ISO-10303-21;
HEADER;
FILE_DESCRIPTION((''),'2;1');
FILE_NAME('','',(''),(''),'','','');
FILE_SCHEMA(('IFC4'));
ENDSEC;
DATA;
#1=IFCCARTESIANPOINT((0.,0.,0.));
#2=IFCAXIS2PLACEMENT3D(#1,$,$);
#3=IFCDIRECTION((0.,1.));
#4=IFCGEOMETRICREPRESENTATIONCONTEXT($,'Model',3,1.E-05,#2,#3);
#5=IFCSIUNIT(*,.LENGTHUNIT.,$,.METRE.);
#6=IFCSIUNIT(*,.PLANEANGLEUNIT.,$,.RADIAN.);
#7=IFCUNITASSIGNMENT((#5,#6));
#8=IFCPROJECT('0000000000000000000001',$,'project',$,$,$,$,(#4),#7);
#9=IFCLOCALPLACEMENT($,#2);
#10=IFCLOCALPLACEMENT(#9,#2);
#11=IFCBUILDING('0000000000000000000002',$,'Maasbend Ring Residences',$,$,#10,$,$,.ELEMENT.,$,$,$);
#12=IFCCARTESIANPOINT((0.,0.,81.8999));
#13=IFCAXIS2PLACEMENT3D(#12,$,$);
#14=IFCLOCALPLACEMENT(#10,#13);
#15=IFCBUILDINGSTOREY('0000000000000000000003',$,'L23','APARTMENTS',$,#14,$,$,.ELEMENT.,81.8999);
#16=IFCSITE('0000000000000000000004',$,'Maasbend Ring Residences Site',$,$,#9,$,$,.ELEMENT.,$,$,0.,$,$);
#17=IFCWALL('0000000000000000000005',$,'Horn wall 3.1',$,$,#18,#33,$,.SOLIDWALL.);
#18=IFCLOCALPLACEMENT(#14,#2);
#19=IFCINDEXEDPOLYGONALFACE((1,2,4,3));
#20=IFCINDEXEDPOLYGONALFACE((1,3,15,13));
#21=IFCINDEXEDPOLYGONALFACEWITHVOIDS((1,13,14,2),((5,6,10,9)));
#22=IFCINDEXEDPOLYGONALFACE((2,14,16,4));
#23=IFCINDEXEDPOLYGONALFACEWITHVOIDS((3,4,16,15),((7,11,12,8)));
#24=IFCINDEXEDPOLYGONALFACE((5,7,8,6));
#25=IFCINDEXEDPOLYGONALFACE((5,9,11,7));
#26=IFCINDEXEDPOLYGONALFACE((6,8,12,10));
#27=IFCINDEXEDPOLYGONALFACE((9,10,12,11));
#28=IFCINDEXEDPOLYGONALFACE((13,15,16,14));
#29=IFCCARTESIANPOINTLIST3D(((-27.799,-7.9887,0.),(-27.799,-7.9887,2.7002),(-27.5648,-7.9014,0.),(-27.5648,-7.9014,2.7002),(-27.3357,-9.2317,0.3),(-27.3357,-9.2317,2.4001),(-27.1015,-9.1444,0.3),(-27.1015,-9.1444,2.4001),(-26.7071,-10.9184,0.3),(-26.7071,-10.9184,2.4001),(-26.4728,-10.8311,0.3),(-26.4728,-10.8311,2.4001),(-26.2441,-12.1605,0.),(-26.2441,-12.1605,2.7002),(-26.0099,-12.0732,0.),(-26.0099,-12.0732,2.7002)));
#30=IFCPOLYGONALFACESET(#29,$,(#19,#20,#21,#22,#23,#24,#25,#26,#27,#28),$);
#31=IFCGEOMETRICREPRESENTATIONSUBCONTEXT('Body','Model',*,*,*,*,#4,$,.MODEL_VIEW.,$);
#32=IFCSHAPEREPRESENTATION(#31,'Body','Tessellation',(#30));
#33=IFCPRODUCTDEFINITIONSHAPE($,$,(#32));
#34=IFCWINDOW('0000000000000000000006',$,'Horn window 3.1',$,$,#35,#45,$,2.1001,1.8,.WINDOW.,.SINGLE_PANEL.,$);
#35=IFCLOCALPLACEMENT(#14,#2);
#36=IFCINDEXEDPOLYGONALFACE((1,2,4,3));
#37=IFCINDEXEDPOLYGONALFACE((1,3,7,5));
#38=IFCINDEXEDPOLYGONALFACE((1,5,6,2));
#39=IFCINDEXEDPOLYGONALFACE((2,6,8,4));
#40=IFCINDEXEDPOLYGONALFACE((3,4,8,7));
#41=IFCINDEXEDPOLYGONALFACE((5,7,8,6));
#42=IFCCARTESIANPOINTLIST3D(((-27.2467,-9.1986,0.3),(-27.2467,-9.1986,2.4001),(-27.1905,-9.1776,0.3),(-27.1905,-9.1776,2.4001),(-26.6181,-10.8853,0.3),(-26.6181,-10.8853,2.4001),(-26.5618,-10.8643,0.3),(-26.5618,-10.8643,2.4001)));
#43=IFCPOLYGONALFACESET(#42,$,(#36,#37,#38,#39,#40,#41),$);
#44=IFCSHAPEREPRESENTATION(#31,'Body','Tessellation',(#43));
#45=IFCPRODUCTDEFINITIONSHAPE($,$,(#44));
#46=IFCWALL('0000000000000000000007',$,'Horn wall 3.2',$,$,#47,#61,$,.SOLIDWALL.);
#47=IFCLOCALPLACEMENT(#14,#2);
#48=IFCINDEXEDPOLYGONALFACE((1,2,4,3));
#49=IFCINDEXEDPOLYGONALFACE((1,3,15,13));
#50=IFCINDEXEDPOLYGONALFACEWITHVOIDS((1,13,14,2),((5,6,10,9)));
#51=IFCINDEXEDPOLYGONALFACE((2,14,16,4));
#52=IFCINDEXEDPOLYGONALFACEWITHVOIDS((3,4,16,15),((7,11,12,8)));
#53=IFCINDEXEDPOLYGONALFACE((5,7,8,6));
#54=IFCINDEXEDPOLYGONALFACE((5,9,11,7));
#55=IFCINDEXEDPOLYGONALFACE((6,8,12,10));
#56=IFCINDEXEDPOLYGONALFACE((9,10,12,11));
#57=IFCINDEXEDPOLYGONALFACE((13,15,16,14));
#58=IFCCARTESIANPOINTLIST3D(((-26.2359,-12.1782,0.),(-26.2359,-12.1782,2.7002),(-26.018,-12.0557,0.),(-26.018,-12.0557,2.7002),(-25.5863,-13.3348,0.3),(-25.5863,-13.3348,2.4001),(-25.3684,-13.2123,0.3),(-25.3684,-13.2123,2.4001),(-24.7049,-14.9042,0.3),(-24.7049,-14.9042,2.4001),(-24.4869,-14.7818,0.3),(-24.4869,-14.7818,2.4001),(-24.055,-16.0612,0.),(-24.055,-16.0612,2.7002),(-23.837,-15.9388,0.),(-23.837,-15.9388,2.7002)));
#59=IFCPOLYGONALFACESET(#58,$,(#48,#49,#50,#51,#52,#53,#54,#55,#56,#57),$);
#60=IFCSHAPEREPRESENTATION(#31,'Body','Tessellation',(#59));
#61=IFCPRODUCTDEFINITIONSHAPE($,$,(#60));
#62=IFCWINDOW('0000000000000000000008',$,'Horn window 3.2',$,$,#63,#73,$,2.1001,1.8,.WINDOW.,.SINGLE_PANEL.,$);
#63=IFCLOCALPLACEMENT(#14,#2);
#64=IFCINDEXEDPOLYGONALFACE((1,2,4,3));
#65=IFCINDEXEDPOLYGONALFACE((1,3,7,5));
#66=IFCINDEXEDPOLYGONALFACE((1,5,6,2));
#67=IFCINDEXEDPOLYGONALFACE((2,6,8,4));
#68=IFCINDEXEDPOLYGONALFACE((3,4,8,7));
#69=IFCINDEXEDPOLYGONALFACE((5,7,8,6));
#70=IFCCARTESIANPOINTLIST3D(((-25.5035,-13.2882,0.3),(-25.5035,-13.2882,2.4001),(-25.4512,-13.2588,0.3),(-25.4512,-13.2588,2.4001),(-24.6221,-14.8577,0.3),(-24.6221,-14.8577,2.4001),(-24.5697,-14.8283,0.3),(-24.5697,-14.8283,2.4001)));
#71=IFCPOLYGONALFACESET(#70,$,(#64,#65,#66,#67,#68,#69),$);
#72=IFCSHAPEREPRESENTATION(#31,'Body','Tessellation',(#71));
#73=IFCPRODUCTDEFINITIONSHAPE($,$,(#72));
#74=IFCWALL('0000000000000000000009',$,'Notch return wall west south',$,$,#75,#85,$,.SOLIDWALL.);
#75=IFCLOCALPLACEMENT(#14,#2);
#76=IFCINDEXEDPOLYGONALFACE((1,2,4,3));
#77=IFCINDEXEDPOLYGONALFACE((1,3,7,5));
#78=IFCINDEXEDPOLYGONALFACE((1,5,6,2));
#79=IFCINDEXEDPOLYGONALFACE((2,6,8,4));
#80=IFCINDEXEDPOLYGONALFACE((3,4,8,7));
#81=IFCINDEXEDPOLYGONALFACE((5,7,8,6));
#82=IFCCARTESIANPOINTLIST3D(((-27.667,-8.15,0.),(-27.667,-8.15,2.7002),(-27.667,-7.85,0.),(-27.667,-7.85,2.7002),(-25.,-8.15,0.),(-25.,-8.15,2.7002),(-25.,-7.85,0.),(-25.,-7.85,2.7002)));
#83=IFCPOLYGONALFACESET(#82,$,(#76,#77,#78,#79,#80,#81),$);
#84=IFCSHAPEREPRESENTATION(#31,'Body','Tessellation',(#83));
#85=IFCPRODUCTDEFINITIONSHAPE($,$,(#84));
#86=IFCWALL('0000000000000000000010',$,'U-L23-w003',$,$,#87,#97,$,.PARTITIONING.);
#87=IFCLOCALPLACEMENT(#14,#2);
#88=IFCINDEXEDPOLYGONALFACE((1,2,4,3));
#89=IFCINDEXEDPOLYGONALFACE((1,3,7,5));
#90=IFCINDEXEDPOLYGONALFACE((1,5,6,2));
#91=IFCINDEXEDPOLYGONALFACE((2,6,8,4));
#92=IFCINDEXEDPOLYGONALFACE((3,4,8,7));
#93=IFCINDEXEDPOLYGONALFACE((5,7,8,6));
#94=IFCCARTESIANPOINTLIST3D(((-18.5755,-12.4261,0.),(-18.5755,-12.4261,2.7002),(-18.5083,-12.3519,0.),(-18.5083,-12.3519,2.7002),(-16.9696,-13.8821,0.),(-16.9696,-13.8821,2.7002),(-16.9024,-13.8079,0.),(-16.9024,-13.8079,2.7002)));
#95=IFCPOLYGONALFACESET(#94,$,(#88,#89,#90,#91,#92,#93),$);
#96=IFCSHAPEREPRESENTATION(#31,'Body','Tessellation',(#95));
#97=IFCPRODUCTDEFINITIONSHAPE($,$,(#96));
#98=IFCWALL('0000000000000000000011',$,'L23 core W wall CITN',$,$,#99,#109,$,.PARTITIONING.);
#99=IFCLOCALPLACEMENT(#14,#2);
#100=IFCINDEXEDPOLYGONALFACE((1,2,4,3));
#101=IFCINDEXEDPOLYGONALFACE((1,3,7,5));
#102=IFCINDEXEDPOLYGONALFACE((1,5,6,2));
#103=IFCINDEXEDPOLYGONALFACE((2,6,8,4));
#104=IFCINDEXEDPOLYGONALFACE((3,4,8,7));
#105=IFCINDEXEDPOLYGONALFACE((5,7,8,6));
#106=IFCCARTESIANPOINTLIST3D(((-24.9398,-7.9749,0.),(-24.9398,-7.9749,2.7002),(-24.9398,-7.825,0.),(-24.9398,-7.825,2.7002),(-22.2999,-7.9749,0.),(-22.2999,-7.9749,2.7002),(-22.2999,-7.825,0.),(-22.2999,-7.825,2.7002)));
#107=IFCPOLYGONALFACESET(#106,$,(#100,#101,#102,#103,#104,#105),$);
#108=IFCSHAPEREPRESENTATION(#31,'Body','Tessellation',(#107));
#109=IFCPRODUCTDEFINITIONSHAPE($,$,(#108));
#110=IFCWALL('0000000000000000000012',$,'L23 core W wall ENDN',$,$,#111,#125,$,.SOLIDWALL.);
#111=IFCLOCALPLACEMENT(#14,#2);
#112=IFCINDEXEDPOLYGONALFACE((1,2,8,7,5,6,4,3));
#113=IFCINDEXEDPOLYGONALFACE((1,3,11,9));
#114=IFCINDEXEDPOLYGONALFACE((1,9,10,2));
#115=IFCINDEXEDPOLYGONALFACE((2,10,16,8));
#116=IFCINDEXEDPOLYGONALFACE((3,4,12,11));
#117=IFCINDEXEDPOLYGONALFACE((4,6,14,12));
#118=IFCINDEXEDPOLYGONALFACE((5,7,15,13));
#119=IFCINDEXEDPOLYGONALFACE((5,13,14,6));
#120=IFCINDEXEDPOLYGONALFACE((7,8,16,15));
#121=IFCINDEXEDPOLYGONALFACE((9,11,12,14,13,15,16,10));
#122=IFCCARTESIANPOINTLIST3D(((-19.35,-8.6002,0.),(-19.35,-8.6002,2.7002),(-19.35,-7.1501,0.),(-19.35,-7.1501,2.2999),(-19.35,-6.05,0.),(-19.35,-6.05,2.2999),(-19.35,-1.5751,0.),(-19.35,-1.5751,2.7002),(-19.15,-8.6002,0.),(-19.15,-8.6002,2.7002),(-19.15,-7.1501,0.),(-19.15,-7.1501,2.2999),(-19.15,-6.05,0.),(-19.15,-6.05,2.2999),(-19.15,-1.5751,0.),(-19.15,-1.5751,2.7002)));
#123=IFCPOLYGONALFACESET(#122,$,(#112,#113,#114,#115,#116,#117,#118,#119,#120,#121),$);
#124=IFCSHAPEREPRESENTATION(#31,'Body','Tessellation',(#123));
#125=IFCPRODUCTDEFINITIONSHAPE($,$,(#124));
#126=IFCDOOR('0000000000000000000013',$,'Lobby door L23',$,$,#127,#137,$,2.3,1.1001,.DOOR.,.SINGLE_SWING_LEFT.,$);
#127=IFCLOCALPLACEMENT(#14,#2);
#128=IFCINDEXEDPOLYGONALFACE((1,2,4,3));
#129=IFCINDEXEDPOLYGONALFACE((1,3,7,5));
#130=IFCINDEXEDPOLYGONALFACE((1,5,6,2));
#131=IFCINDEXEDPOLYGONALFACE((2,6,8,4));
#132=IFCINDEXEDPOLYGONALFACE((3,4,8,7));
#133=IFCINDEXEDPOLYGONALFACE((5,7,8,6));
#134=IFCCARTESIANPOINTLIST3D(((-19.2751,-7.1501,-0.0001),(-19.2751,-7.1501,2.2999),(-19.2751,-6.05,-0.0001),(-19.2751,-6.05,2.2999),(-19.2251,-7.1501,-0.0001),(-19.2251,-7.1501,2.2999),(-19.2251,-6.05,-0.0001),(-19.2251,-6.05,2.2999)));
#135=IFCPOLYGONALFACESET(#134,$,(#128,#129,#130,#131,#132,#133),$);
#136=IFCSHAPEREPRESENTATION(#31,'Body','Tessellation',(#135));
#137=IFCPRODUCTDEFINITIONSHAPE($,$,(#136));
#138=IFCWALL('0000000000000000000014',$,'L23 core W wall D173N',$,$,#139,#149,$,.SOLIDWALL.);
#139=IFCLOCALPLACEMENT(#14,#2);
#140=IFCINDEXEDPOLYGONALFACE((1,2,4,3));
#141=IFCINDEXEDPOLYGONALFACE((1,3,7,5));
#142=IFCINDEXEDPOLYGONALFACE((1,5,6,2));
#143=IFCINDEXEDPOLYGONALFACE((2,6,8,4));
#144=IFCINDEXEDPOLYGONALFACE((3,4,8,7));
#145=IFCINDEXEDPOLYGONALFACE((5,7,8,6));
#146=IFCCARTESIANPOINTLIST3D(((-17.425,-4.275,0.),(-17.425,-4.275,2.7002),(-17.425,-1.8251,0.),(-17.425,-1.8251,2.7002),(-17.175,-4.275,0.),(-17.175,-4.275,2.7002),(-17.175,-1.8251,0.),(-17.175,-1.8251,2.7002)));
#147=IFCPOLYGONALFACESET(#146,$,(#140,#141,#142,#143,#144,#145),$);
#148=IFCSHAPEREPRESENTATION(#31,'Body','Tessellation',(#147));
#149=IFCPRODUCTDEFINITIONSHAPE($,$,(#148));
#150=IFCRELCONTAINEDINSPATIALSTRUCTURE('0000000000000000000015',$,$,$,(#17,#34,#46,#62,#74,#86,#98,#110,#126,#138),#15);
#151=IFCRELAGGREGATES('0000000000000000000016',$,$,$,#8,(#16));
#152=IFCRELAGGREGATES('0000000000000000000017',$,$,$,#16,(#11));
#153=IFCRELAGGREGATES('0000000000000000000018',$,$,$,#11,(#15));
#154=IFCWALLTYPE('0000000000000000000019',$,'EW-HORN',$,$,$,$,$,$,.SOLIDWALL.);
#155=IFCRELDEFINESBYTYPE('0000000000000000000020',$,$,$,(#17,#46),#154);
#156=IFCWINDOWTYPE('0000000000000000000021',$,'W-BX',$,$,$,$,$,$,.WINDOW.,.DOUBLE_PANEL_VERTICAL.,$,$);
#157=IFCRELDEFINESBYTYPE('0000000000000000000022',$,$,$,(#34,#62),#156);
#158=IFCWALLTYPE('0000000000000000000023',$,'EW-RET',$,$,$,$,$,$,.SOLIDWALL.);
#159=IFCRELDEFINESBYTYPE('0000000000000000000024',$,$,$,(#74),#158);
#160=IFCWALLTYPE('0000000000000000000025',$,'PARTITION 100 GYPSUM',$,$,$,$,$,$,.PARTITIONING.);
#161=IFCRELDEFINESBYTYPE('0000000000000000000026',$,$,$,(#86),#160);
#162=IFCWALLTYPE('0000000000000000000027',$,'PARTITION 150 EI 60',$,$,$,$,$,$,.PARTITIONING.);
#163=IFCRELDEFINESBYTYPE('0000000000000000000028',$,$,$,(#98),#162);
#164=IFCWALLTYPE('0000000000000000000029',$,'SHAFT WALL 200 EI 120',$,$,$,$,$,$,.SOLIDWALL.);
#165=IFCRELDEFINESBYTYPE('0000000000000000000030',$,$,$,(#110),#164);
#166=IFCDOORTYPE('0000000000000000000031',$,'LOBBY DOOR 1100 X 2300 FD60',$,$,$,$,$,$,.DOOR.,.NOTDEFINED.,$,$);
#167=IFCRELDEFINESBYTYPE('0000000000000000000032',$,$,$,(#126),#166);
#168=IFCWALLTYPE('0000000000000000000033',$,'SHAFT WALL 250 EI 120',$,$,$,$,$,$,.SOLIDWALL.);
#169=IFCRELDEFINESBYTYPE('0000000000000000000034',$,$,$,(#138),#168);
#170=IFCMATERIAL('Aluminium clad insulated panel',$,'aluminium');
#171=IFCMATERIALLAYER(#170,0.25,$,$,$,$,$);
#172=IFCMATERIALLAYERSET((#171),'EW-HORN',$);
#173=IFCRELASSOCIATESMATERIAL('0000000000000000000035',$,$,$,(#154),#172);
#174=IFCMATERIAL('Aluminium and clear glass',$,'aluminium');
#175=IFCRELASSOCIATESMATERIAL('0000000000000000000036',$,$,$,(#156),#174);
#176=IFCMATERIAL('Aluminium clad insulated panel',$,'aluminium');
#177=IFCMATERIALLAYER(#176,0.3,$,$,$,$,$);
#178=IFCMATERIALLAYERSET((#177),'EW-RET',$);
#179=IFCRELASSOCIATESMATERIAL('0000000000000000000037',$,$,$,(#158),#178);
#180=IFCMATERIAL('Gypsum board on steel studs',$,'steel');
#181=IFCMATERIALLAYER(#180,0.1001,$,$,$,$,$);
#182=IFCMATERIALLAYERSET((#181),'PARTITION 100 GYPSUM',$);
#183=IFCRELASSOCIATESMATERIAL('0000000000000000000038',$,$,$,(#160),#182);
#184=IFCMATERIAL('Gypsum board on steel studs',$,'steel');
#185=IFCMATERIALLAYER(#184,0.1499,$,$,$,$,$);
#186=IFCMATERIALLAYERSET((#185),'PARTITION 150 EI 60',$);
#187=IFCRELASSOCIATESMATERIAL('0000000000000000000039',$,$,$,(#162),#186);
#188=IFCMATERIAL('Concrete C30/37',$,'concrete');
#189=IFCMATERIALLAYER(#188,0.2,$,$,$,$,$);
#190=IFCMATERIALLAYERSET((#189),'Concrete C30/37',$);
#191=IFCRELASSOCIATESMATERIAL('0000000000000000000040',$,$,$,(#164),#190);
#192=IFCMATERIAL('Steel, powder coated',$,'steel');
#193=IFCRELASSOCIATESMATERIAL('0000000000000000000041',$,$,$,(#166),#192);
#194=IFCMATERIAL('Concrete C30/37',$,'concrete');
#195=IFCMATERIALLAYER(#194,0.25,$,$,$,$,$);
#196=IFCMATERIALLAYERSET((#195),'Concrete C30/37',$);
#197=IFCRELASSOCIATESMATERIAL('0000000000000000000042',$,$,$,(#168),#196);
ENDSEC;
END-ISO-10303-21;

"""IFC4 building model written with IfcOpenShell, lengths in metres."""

from ifc_helpers import new_model, si_unit, direction, frame, frame_2d, origin, place, context, subcontext, project, spatial, rectangle, extrude, material, layer, layer_set, type_object, element, fill, save


model = new_model("IFC4")

# Units and contexts
model_context = context("Model", 3, precision=1e-05, world=origin(), true_north=direction((0.0, 1.0)))
body_context = subcontext(model_context, "Body", "Model", "MODEL_VIEW")
ifc_project = project(units=[si_unit("LENGTHUNIT", "METRE"), si_unit("PLANEANGLEUNIT", "RADIAN")], contexts=[model_context])

# Site, building, storey
site_placement = place(None, origin())
site = spatial("IfcSite", under=ifc_project, at=site_placement, Name="Maasbend Ring Residences Site", CompositionType="ELEMENT", RefElevation=0.0)
building_placement = place(site_placement, origin())
building = spatial("IfcBuilding", under=site, at=building_placement, Name="Maasbend Ring Residences", CompositionType="ELEMENT")
storey_placement = place(building_placement, frame((0.0, 0.0, 81.8999)))
storey = spatial("IfcBuildingStorey", under=building, at=storey_placement, Name="L23", Description="APARTMENTS", CompositionType="ELEMENT", Elevation=81.8999)

# Walls, openings, windows
ifc_material_1 = material(Name="Aluminium clad insulated panel", Category="aluminium")
ifc_layer_1 = layer(ifc_material_1, 0.25)
ifc_layer_set_1 = layer_set([ifc_layer_1], Name="EW-HORN")
wall_type_1 = type_object("IfcWallType", Name="EW-HORN", PredefinedType="SOLIDWALL", material=ifc_layer_set_1)
wall_1_placement = place(storey_placement, frame((-27.6819, -7.9451, 0.0), z_axis=(0.0, 0.0, 1.0), x_axis=(0.349248, -0.93703, 0.0)))
wall_1 = element("IfcWall", 1, at=wall_1_placement, inside=storey, type_object=wall_type_1, Name="Horn wall 3.1", PredefinedType="SOLIDWALL", context=body_context, shape_type="SweptSolid", body=[
    extrude(rectangle(XDim=4.4521, YDim=0.25, at=frame_2d((2.2261, 0.0))), origin(), (0.0, 0.0, 1.0), 2.7002),
])
opening_1_placement = place(wall_1_placement, frame((1.3267, 0.0, 0.3)))
opening_1 = element("IfcOpeningElement", 2, at=opening_1_placement, cuts=wall_1, PredefinedType="OPENING", context=body_context, shape_type="SweptSolid", body=[
    extrude(rectangle(XDim=1.8, YDim=2.1001, at=frame_2d((0.8999, 1.05))), frame((0.0, 0.135, 0.0), z_axis=(0.0, -1.0, 0.0), x_axis=(1.0, 0.0, 0.0)), (0.0, 0.0, 1.0), 0.27),
])
ifc_material_2 = material(Name="Aluminium and clear glass", Category="aluminium")
window_type = type_object("IfcWindowType", Name="W-BX", PartitioningType="DOUBLE_PANEL_VERTICAL", PredefinedType="WINDOW", material=ifc_material_2)
window_1_placement = place(opening_1_placement, origin())
window_1 = element("IfcWindow", 3, at=window_1_placement, inside=storey, type_object=window_type, Name="Horn window 3.1", OverallHeight=2.1001, OverallWidth=1.8, PartitioningType="SINGLE_PANEL", PredefinedType="WINDOW", context=body_context, shape_type="SweptSolid", body=[
    extrude(rectangle(XDim=1.8, YDim=2.1001, at=frame_2d((0.8999, 1.05))), frame((0.0, 0.03, 0.0), z_axis=(0.0, -1.0, 0.0), x_axis=(1.0, 0.0, 0.0)), (0.0, 0.0, 1.0), 0.0601),
])
fill(opening_1, window_1)
wall_2_placement = place(storey_placement, frame((-26.127, -12.1169, 0.0), z_axis=(0.0, 0.0, 1.0), x_axis=(0.489696, -0.871893, 0.0)))
wall_2 = element("IfcWall", 4, at=wall_2_placement, inside=storey, type_object=wall_type_1, Name="Horn wall 3.2", PredefinedType="SOLIDWALL", context=body_context, shape_type="SweptSolid", body=[
    extrude(rectangle(XDim=4.4536, YDim=0.25, at=frame_2d((2.2268, 0.0))), origin(), (0.0, 0.0, 1.0), 2.7002),
])
opening_2_placement = place(wall_2_placement, frame((1.3267, 0.0, 0.3)))
opening_2 = element("IfcOpeningElement", 5, at=opening_2_placement, cuts=wall_2, PredefinedType="OPENING", context=body_context, shape_type="SweptSolid", body=[
    extrude(rectangle(XDim=1.8, YDim=2.1001, at=frame_2d((0.8999, 1.05))), frame((0.0, 0.135, 0.0), z_axis=(0.0, -1.0, 0.0), x_axis=(1.0, 0.0, 0.0)), (0.0, 0.0, 1.0), 0.27),
])
window_2_placement = place(opening_2_placement, origin())
window_2 = element("IfcWindow", 6, at=window_2_placement, inside=storey, type_object=window_type, Name="Horn window 3.2", OverallHeight=2.1001, OverallWidth=1.8, PartitioningType="SINGLE_PANEL", PredefinedType="WINDOW", context=body_context, shape_type="SweptSolid", body=[
    extrude(rectangle(XDim=1.8, YDim=2.1001, at=frame_2d((0.8999, 1.05))), frame((0.0, 0.03, 0.0), z_axis=(0.0, -1.0, 0.0), x_axis=(1.0, 0.0, 0.0)), (0.0, 0.0, 1.0), 0.0601),
])
fill(opening_2, window_2)

# Walls
ifc_material_3 = material(Name="Aluminium clad insulated panel", Category="aluminium")
ifc_layer_2 = layer(ifc_material_3, 0.3)
ifc_layer_set_2 = layer_set([ifc_layer_2], Name="EW-RET")
wall_type_2 = type_object("IfcWallType", Name="EW-RET", PredefinedType="SOLIDWALL", material=ifc_layer_set_2)
wall_3_placement = place(storey_placement, frame((-25.0, -8.0, 0.0), z_axis=(0.0, 0.0, 1.0), x_axis=(-1.0, 0.0, 0.0)))
element("IfcWall", 7, at=wall_3_placement, inside=storey, type_object=wall_type_2, Name="Notch return wall west south", PredefinedType="SOLIDWALL", context=body_context, shape_type="SweptSolid", body=[
    extrude(rectangle(XDim=2.667, YDim=0.3, at=frame_2d((1.3335, 0.0))), origin(), (0.0, 0.0, 1.0), 2.7002),
])
ifc_material_4 = material(Name="Gypsum board on steel studs", Category="steel")
ifc_layer_3 = layer(ifc_material_4, 0.1001)
ifc_layer_set_3 = layer_set([ifc_layer_3], Name="PARTITION 100 GYPSUM")
wall_type_3 = type_object("IfcWallType", Name="PARTITION 100 GYPSUM", PredefinedType="PARTITIONING", material=ifc_layer_set_3)
wall_4_placement = place(storey_placement, frame((-18.542, -12.3889, 0.0), z_axis=(0.0, 0.0, 1.0), x_axis=(0.740836, -0.671686, 0.0)))
element("IfcWall", 8, at=wall_4_placement, inside=storey, type_object=wall_type_3, Name="U-L23-w003", PredefinedType="PARTITIONING", context=body_context, shape_type="SweptSolid", body=[
    extrude(rectangle(XDim=2.1677, YDim=0.1001, at=frame_2d((1.084, 0.0))), origin(), (0.0, 0.0, 1.0), 2.7002),
])
ifc_material_5 = material(Name="Gypsum board on steel studs", Category="steel")
ifc_layer_4 = layer(ifc_material_5, 0.1499)
ifc_layer_set_4 = layer_set([ifc_layer_4], Name="PARTITION 150 EI 60")
wall_type_4 = type_object("IfcWallType", Name="PARTITION 150 EI 60", PredefinedType="PARTITIONING", material=ifc_layer_set_4)
wall_5_placement = place(storey_placement, frame((-22.3, -7.8999, 0.0), z_axis=(0.0, 0.0, 1.0), x_axis=(-1.0, 0.0, 0.0)))
element("IfcWall", 9, at=wall_5_placement, inside=storey, type_object=wall_type_4, Name="L23 core W wall CITN", PredefinedType="PARTITIONING", context=body_context, shape_type="SweptSolid", body=[
    extrude(rectangle(XDim=2.6399, YDim=0.1499, at=frame_2d((1.3198, 0.0))), origin(), (0.0, 0.0, 1.0), 2.7002),
])

# Wall, opening, door
ifc_material_6 = material(Name="Concrete C30/37", Category="concrete")
ifc_layer_5 = layer(ifc_material_6, 0.2)
ifc_layer_set_5 = layer_set([ifc_layer_5], Name="Concrete C30/37")
wall_type_5 = type_object("IfcWallType", Name="SHAFT WALL 200 EI 120", PredefinedType="SOLIDWALL", material=ifc_layer_set_5)
wall_6_placement = place(storey_placement, frame((-19.25, -1.575, 0.0), z_axis=(0.0, 0.0, 1.0), x_axis=(0.0, -1.0, 0.0)))
wall_6 = element("IfcWall", 10, at=wall_6_placement, inside=storey, type_object=wall_type_5, Name="L23 core W wall ENDN", PredefinedType="SOLIDWALL", context=body_context, shape_type="SweptSolid", body=[
    extrude(rectangle(XDim=7.0251, YDim=0.2, at=frame_2d((3.5127, 0.0))), origin(), (0.0, 0.0, 1.0), 2.7002),
])
opening_3_placement = place(wall_6_placement, frame((4.4751, 0.0, 0.0)))
opening_3 = element("IfcOpeningElement", 11, at=opening_3_placement, cuts=wall_6, PredefinedType="OPENING", context=body_context, shape_type="SweptSolid", body=[
    extrude(rectangle(XDim=1.1001, YDim=2.3, at=frame_2d((0.55, 1.1499))), frame((0.0, 0.1099, 0.0), z_axis=(0.0, -1.0, 0.0), x_axis=(1.0, 0.0, 0.0)), (0.0, 0.0, 1.0), 0.22),
])
ifc_material_7 = material(Name="Steel, powder coated", Category="steel")
door_type_1 = type_object("IfcDoorType", Name="LOBBY DOOR 1100 X 2300 FD60", OperationType="NOTDEFINED", PredefinedType="DOOR", material=ifc_material_7)
door_1_placement = place(opening_3_placement, origin())
door_1 = element("IfcDoor", 12, at=door_1_placement, inside=storey, type_object=door_type_1, Name="Lobby door L23", OperationType="SINGLE_SWING_LEFT", OverallHeight=2.3, OverallWidth=1.1001, PredefinedType="DOOR", context=body_context, shape_type="SweptSolid", body=[
    extrude(rectangle(XDim=1.1001, YDim=2.3, at=frame_2d((0.55, 1.1499))), frame((0.0, 0.0249, 0.0), z_axis=(0.0, -1.0, 0.0), x_axis=(1.0, 0.0, 0.0)), (0.0, 0.0, 1.0), 0.05),
])
fill(opening_3, door_1)

# Wall
ifc_material_8 = material(Name="Concrete C30/37", Category="concrete")
ifc_layer_6 = layer(ifc_material_8, 0.25)
ifc_layer_set_6 = layer_set([ifc_layer_6], Name="Concrete C30/37")
wall_type_6 = type_object("IfcWallType", Name="SHAFT WALL 250 EI 120", PredefinedType="SOLIDWALL", material=ifc_layer_set_6)
wall_7_placement = place(storey_placement, frame((-17.3, -1.825, 0.0), z_axis=(0.0, 0.0, 1.0), x_axis=(0.0, -1.0, 0.0)))
element("IfcWall", 13, at=wall_7_placement, inside=storey, type_object=wall_type_6, Name="L23 core W wall D173N", PredefinedType="SOLIDWALL", context=body_context, shape_type="SweptSolid", body=[
    extrude(rectangle(XDim=2.45, YDim=0.25, at=frame_2d((1.2251, 0.0))), origin(), (0.0, 0.0, 1.0), 2.7002),
])

save(model, "model.ifc")
